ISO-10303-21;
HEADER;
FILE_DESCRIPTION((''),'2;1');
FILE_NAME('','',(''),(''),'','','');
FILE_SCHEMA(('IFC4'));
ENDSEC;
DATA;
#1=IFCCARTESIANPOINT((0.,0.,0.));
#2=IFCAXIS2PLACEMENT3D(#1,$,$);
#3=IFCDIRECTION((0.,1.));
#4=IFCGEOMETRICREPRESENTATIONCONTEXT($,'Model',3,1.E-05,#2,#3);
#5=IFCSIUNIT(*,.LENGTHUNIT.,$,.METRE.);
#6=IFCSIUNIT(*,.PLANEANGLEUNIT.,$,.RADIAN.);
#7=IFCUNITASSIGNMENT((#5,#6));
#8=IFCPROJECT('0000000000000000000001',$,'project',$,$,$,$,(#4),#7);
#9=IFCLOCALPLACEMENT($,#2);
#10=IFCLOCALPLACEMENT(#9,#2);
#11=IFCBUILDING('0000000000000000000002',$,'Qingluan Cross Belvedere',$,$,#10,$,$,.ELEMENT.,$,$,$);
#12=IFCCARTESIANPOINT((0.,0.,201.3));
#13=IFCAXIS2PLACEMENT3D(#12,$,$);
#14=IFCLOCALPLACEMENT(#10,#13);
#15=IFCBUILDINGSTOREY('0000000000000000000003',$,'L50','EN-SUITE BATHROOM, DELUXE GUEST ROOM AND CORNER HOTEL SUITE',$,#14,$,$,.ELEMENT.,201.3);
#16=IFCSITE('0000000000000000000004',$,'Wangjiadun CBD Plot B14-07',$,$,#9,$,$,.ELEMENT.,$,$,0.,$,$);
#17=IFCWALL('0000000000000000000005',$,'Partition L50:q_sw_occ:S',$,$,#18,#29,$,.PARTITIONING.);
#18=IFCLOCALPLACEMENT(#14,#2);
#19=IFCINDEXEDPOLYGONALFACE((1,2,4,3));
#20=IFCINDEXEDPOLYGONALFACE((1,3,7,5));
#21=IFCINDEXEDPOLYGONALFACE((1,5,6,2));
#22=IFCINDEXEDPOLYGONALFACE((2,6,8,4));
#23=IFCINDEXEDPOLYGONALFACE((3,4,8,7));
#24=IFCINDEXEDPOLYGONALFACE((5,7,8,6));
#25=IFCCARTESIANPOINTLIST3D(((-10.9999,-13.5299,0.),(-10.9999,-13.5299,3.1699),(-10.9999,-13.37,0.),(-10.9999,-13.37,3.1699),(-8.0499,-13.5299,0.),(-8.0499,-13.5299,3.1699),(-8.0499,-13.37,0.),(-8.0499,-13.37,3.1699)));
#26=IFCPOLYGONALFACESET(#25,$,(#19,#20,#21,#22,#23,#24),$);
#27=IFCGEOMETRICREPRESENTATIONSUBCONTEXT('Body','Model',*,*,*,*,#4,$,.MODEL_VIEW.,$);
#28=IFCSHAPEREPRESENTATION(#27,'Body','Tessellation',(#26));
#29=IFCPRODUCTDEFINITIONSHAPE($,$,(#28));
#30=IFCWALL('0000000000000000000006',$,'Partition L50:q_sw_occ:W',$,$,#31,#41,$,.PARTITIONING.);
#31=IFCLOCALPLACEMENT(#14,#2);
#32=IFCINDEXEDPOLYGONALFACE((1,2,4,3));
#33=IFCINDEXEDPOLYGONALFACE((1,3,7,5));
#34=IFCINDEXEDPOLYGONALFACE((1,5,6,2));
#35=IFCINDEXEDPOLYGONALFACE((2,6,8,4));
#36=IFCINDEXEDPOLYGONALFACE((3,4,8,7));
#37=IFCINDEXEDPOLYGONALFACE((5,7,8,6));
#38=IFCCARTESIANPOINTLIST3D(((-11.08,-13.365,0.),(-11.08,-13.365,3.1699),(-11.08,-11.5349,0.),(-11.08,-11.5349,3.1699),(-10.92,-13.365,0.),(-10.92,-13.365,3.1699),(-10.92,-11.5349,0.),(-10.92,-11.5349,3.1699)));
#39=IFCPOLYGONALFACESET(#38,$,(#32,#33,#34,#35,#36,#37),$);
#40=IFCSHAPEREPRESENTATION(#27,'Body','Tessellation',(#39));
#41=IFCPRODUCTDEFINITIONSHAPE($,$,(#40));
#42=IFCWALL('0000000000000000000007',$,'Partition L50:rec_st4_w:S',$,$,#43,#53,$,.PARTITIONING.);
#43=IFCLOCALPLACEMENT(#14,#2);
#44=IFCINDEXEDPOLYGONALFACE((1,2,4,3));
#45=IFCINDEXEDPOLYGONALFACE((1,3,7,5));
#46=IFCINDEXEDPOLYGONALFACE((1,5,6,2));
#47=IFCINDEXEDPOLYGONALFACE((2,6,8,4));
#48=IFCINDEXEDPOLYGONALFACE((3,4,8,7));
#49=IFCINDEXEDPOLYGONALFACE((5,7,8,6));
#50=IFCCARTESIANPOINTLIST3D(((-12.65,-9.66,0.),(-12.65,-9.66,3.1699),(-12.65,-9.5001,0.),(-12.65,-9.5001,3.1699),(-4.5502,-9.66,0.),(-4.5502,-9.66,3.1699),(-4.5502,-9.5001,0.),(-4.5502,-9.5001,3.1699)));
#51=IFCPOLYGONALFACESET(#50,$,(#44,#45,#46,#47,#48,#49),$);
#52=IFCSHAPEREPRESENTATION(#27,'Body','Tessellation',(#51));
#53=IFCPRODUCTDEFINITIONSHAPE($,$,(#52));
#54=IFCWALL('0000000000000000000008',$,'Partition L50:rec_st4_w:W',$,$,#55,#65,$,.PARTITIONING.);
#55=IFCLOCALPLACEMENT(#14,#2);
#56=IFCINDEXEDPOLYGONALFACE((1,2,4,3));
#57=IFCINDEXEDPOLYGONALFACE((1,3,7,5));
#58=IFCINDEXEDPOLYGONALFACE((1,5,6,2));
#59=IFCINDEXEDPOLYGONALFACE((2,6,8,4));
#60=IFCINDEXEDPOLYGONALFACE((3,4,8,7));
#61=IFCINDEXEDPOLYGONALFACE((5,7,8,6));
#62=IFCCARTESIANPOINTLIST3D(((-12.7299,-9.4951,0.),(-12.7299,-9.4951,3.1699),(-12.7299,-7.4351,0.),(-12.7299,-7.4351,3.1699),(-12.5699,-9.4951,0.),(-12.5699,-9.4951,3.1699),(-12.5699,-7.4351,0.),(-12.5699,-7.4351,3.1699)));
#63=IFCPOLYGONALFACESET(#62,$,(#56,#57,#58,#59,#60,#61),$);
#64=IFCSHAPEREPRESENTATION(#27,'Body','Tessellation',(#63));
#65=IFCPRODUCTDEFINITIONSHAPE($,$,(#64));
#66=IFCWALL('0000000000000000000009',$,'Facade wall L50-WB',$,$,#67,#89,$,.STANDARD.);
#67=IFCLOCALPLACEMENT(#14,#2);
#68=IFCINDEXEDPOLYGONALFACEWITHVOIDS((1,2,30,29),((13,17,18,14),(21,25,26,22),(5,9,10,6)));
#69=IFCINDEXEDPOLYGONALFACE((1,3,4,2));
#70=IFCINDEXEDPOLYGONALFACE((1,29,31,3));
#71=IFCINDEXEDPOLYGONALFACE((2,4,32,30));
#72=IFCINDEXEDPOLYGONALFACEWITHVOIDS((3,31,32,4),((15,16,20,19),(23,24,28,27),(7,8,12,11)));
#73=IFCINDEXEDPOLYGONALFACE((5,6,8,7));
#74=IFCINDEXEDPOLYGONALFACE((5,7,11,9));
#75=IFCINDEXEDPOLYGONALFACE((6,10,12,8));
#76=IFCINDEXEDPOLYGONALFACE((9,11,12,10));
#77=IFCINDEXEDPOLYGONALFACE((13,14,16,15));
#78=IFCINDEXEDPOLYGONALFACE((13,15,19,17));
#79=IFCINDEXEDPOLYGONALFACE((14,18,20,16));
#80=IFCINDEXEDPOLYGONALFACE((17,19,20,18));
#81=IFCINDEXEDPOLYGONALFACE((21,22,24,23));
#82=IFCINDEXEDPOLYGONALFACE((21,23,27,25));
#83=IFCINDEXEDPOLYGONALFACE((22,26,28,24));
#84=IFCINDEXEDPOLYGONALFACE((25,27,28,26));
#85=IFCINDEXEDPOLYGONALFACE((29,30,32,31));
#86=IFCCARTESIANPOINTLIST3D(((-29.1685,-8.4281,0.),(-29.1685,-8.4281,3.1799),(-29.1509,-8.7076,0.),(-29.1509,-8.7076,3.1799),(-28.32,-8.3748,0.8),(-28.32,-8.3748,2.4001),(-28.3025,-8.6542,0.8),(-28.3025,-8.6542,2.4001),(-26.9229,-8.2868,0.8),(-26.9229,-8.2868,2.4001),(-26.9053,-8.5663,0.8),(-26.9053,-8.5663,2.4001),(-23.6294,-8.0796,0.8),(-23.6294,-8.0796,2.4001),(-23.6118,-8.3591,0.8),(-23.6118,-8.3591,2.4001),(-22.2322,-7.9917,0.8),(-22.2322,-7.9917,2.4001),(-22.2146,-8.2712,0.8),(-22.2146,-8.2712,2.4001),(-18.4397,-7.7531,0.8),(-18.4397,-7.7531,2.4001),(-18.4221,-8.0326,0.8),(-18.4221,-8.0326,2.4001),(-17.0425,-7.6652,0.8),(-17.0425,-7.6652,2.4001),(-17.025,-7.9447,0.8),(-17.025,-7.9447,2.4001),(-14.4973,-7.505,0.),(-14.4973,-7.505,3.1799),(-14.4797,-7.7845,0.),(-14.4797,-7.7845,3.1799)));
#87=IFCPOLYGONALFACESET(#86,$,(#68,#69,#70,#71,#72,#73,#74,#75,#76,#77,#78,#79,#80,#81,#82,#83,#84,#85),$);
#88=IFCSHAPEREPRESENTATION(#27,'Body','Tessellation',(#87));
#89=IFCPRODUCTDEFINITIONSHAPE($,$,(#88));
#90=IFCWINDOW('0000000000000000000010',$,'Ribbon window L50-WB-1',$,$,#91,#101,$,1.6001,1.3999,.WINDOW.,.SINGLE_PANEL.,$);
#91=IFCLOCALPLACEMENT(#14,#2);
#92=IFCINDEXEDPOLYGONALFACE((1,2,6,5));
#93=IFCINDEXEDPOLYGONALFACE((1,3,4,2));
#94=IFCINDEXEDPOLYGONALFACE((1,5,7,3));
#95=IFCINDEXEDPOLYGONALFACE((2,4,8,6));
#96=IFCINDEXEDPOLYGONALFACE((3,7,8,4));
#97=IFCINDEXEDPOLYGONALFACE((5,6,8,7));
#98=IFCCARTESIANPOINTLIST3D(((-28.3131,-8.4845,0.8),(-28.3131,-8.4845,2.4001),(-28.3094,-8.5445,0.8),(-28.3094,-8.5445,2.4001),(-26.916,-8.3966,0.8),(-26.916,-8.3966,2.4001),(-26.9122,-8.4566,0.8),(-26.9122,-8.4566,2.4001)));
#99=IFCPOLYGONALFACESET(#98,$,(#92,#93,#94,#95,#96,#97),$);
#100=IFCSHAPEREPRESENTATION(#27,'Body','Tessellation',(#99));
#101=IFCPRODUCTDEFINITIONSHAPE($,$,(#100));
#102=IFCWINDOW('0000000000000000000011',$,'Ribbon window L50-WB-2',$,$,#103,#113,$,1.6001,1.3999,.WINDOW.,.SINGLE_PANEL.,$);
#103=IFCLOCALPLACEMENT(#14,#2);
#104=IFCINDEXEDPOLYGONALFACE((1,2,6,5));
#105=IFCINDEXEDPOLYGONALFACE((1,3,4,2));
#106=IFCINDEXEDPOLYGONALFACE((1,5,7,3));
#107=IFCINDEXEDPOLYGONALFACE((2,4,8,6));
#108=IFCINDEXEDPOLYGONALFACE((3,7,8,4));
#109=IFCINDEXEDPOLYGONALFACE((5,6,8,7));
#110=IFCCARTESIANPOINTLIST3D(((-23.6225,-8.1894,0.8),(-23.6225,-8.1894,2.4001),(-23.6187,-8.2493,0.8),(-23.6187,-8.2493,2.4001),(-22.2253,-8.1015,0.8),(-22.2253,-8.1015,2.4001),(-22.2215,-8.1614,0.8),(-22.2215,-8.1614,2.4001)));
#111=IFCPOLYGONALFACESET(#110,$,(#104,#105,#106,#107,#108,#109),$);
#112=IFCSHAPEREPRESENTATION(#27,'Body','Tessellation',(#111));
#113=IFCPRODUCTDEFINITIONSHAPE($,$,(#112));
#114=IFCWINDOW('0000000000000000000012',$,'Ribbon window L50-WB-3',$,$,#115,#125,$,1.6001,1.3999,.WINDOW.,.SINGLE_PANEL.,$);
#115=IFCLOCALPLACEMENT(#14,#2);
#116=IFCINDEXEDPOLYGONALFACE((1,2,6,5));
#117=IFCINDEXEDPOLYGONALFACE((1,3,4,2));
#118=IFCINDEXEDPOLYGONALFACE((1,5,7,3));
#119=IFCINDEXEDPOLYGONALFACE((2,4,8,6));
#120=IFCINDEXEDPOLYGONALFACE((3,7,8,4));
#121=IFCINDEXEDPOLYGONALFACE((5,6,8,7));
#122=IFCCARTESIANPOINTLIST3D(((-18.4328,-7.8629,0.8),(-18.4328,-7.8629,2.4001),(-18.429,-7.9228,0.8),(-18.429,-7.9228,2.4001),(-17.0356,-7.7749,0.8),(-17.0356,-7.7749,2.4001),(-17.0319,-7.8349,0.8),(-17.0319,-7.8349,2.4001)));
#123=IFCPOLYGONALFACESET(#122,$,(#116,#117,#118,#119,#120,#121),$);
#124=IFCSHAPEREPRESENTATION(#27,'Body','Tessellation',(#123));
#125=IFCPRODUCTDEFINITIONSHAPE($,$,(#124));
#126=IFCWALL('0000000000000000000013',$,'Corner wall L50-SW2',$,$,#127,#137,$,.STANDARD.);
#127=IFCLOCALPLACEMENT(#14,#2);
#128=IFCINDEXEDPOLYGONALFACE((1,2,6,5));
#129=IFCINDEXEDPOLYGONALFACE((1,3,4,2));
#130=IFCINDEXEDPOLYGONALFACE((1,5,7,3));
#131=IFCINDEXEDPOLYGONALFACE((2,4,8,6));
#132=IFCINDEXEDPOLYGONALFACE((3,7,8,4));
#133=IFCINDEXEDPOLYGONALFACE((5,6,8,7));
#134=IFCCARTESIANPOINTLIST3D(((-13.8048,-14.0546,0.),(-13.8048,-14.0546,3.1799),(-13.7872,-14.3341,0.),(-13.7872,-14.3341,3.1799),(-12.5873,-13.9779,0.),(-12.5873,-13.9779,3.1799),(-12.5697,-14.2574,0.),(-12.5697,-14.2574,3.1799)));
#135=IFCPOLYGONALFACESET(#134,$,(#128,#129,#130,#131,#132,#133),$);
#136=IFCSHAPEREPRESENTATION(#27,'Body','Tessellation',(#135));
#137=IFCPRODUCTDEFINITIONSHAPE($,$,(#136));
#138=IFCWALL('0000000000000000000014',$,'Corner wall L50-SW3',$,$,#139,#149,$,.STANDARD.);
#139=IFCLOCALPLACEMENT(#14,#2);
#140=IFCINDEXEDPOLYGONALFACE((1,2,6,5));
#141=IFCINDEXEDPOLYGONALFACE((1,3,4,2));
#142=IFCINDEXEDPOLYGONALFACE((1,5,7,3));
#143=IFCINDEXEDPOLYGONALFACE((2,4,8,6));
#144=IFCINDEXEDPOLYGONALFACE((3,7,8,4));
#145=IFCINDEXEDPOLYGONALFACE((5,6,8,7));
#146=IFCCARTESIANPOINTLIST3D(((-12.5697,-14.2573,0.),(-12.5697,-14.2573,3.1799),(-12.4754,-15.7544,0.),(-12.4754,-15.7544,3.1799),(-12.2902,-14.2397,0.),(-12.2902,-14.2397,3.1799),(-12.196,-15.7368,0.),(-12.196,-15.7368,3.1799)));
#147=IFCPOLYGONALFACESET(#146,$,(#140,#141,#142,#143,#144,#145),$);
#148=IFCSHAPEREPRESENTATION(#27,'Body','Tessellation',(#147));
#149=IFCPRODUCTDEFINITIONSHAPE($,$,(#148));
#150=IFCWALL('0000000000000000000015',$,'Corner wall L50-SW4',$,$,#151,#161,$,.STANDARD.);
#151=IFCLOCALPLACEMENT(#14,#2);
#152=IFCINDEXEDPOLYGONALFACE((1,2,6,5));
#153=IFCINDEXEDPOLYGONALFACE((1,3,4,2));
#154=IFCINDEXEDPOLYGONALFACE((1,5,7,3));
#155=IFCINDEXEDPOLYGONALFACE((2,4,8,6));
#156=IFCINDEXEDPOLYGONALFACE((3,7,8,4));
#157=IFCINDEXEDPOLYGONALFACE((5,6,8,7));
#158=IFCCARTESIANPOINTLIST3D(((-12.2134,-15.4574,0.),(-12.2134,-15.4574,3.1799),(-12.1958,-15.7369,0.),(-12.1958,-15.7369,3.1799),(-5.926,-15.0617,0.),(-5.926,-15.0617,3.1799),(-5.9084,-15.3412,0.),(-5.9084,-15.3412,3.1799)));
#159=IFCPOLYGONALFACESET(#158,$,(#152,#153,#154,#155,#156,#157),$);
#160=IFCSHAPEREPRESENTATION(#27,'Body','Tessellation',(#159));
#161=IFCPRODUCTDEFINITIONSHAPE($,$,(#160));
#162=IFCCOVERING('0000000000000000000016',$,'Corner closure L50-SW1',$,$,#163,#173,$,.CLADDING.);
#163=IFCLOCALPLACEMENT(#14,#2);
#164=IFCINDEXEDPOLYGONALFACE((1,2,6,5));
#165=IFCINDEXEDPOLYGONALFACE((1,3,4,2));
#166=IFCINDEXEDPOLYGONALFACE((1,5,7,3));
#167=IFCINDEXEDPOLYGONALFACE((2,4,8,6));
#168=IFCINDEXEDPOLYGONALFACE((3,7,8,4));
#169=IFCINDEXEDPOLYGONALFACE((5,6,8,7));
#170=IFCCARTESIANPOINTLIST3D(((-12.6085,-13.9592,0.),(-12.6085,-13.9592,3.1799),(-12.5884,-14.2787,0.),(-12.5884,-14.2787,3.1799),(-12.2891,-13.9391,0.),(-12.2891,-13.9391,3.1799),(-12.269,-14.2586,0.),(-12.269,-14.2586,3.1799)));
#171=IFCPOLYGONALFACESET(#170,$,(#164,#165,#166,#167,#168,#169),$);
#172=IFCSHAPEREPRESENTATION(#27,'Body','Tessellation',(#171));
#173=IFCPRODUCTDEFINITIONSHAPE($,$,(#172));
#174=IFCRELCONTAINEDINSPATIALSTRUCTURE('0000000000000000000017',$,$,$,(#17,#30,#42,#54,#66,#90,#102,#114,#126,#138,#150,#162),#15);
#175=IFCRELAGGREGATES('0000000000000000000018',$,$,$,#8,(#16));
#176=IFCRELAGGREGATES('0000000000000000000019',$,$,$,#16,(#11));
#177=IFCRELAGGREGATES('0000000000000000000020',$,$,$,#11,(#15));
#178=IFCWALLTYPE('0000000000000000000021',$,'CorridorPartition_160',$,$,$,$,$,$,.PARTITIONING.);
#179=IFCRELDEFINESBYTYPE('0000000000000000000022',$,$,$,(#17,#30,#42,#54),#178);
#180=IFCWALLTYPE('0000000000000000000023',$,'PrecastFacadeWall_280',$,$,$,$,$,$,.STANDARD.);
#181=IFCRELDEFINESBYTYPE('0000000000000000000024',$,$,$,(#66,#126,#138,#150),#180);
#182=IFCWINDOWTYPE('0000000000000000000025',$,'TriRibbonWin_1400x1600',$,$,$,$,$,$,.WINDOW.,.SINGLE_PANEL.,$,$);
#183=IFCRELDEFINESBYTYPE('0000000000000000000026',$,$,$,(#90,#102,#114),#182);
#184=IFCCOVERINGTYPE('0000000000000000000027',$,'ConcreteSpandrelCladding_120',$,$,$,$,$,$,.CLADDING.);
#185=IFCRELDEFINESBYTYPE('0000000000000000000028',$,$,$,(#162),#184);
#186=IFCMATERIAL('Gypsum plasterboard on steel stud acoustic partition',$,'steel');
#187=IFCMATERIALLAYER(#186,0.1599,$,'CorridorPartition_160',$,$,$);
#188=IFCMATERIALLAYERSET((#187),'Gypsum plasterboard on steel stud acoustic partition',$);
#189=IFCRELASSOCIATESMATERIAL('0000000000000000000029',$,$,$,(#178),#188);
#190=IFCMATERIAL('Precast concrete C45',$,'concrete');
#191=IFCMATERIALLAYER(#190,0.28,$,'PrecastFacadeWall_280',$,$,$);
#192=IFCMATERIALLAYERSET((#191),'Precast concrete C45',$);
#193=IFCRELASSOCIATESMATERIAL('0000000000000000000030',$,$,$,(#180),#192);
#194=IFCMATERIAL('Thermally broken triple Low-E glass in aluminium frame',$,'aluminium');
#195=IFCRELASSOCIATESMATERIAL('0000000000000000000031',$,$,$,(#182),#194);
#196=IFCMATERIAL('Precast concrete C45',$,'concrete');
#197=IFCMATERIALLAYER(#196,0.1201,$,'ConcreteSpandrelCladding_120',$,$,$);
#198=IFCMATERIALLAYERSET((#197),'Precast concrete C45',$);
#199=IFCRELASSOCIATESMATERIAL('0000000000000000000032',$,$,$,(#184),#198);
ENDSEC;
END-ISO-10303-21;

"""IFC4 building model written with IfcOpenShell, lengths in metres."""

from ifc_helpers import new_model, si_unit, direction, frame, frame_2d, origin, origin_2d, place, context, subcontext, project, spatial, rectangle, extrude, material, layer, layer_set, type_object, element, fill, save


model = new_model("IFC4")

# Units and contexts
model_context = context("Model", 3, precision=1e-05, world=origin(), true_north=direction((0.0, 1.0)))
body_context = subcontext(model_context, "Body", "Model", "MODEL_VIEW")
ifc_project = project(units=[si_unit("LENGTHUNIT", "METRE"), si_unit("PLANEANGLEUNIT", "RADIAN")], contexts=[model_context])

# Site, building, storey
site_placement = place(None, origin())
site = spatial("IfcSite", under=ifc_project, at=site_placement, Name="Wangjiadun CBD Plot B14-07", CompositionType="ELEMENT", RefElevation=0.0)
building_placement = place(site_placement, origin())
building = spatial("IfcBuilding", under=site, at=building_placement, Name="Qingluan Cross Belvedere", CompositionType="ELEMENT")
storey_placement = place(building_placement, frame((0.0, 0.0, 201.3)))
storey = spatial("IfcBuildingStorey", under=building, at=storey_placement, Name="L50", Description="EN-SUITE BATHROOM, DELUXE GUEST ROOM AND CORNER HOTEL SUITE", CompositionType="ELEMENT", Elevation=201.3)

# Walls
ifc_material_1 = material(Name="Gypsum plasterboard on steel stud acoustic partition", Category="steel")
ifc_layer_1 = layer(ifc_material_1, 0.1599, Name="CorridorPartition_160")
ifc_layer_set_1 = layer_set([ifc_layer_1], Name="Gypsum plasterboard on steel stud acoustic partition")
wall_type_1 = type_object("IfcWallType", Name="CorridorPartition_160", PredefinedType="PARTITIONING", material=ifc_layer_set_1)
wall_1_placement = place(storey_placement, frame((-11.0, -13.45, 0.0), z_axis=(0.0, 0.0, 1.0), x_axis=(1.0, 0.0, 0.0)))
element("IfcWall", 1, at=wall_1_placement, inside=storey, type_object=wall_type_1, Name="Partition L50:q_sw_occ:S", PredefinedType="PARTITIONING", context=body_context, shape_type="SweptSolid", body=[
    extrude(rectangle(XDim=2.95, YDim=0.1599, at=frame_2d((1.4751, 0.0))), origin(), (0.0, 0.0, 1.0), 3.1699),
])
wall_2_placement = place(storey_placement, frame((-11.0, -13.365, 0.0), z_axis=(0.0, 0.0, 1.0), x_axis=(0.0, 1.0, 0.0)))
element("IfcWall", 2, at=wall_2_placement, inside=storey, type_object=wall_type_1, Name="Partition L50:q_sw_occ:W", PredefinedType="PARTITIONING", context=body_context, shape_type="SweptSolid", body=[
    extrude(rectangle(XDim=1.8301, YDim=0.1599, at=frame_2d((0.915, 0.0))), origin(), (0.0, 0.0, 1.0), 3.1699),
])
wall_3_placement = place(storey_placement, frame((-12.6499, -9.5801, 0.0), z_axis=(0.0, 0.0, 1.0), x_axis=(1.0, 0.0, 0.0)))
element("IfcWall", 3, at=wall_3_placement, inside=storey, type_object=wall_type_1, Name="Partition L50:rec_st4_w:S", PredefinedType="PARTITIONING", context=body_context, shape_type="SweptSolid", body=[
    extrude(rectangle(XDim=8.0999, YDim=0.1599, at=frame_2d((4.0498, 0.0))), origin(), (0.0, 0.0, 1.0), 3.1699),
])
wall_4_placement = place(storey_placement, frame((-12.6499, -9.4951, 0.0), z_axis=(0.0, 0.0, 1.0), x_axis=(0.0, 1.0, 0.0)))
element("IfcWall", 4, at=wall_4_placement, inside=storey, type_object=wall_type_1, Name="Partition L50:rec_st4_w:W", PredefinedType="PARTITIONING", context=body_context, shape_type="SweptSolid", body=[
    extrude(rectangle(XDim=2.0601, YDim=0.1599, at=frame_2d((1.03, 0.0))), origin(), (0.0, 0.0, 1.0), 3.1699),
])

# Wall, openings, windows
ifc_material_2 = material(Name="Precast concrete C45", Category="concrete")
ifc_layer_2 = layer(ifc_material_2, 0.28, Name="PrecastFacadeWall_280")
ifc_layer_set_2 = layer_set([ifc_layer_2], Name="Precast concrete C45")
wall_type_2 = type_object("IfcWallType", Name="PrecastFacadeWall_280", PredefinedType="STANDARD", material=ifc_layer_set_2)
wall_5_placement = place(storey_placement, frame((-29.1597, -8.5679, 0.0), z_axis=(0.0, 0.0, 1.0), x_axis=(0.998026, 0.062795, 0.0)))
wall_5 = element("IfcWall", 5, at=wall_5_placement, inside=storey, type_object=wall_type_2, Name="Facade wall L50-WB", PredefinedType="STANDARD", context=body_context, shape_type="SweptSolid", body=[
    extrude(rectangle(XDim=14.7002, YDim=0.28, at=frame_2d((7.3501, 0.0))), origin(), (0.0, 0.0, 1.0), 3.1799),
])
opening_1_placement = place(wall_5_placement, frame((0.8501, 0.0, 0.8)))
opening_1 = element("IfcOpeningElement", 6, at=opening_1_placement, cuts=wall_5, PredefinedType="OPENING", context=body_context, shape_type="SweptSolid", body=[
    extrude(rectangle(XDim=1.3999, YDim=1.6001, at=frame_2d((0.7, 0.8))), frame((0.0, 0.1499, 0.0), z_axis=(0.0, -1.0, 0.0), x_axis=(1.0, 0.0, 0.0)), (0.0, 0.0, 1.0), 0.3),
])
opening_2_placement = place(wall_5_placement, frame((5.55, 0.0, 0.8)))
opening_2 = element("IfcOpeningElement", 7, at=opening_2_placement, cuts=wall_5, PredefinedType="OPENING", context=body_context, shape_type="SweptSolid", body=[
    extrude(rectangle(XDim=1.3999, YDim=1.6001, at=frame_2d((0.7, 0.8))), frame((0.0, 0.1499, 0.0), z_axis=(0.0, -1.0, 0.0), x_axis=(1.0, 0.0, 0.0)), (0.0, 0.0, 1.0), 0.3),
])
opening_3_placement = place(wall_5_placement, frame((10.75, 0.0, 0.8)))
opening_3 = element("IfcOpeningElement", 8, at=opening_3_placement, cuts=wall_5, PredefinedType="OPENING", context=body_context, shape_type="SweptSolid", body=[
    extrude(rectangle(XDim=1.3999, YDim=1.6001, at=frame_2d((0.7, 0.8))), frame((0.0, 0.1499, 0.0), z_axis=(0.0, -1.0, 0.0), x_axis=(1.0, 0.0, 0.0)), (0.0, 0.0, 1.0), 0.3),
])
ifc_material_3 = material(Name="Thermally broken triple Low-E glass in aluminium frame", Category="aluminium")
window_type = type_object("IfcWindowType", Name="TriRibbonWin_1400x1600", PartitioningType="SINGLE_PANEL", PredefinedType="WINDOW", material=ifc_material_3)
window_1_placement = place(opening_1_placement, origin())
window_1 = element("IfcWindow", 9, at=window_1_placement, inside=storey, type_object=window_type, Name="Ribbon window L50-WB-1", OverallHeight=1.6001, OverallWidth=1.3999, PartitioningType="SINGLE_PANEL", PredefinedType="WINDOW", context=body_context, shape_type="SweptSolid", body=[
    extrude(rectangle(XDim=1.3999, YDim=1.6001, at=frame_2d((0.7, 0.8))), frame((0.0, 0.03, 0.0), z_axis=(0.0, -1.0, 0.0), x_axis=(1.0, 0.0, 0.0)), (0.0, 0.0, 1.0), 0.0601),
])
fill(opening_1, window_1)
window_2_placement = place(opening_2_placement, origin())
window_2 = element("IfcWindow", 10, at=window_2_placement, inside=storey, type_object=window_type, Name="Ribbon window L50-WB-2", OverallHeight=1.6001, OverallWidth=1.3999, PartitioningType="SINGLE_PANEL", PredefinedType="WINDOW", context=body_context, shape_type="SweptSolid", body=[
    extrude(rectangle(XDim=1.3999, YDim=1.6001, at=frame_2d((0.7, 0.8))), frame((0.0, 0.03, 0.0), z_axis=(0.0, -1.0, 0.0), x_axis=(1.0, 0.0, 0.0)), (0.0, 0.0, 1.0), 0.0601),
])
fill(opening_2, window_2)
window_3_placement = place(opening_3_placement, origin())
window_3 = element("IfcWindow", 11, at=window_3_placement, inside=storey, type_object=window_type, Name="Ribbon window L50-WB-3", OverallHeight=1.6001, OverallWidth=1.3999, PartitioningType="SINGLE_PANEL", PredefinedType="WINDOW", context=body_context, shape_type="SweptSolid", body=[
    extrude(rectangle(XDim=1.3999, YDim=1.6001, at=frame_2d((0.7, 0.8))), frame((0.0, 0.03, 0.0), z_axis=(0.0, -1.0, 0.0), x_axis=(1.0, 0.0, 0.0)), (0.0, 0.0, 1.0), 0.0601),
])
fill(opening_3, window_3)

# Walls
wall_6_placement = place(storey_placement, frame((-13.7959, -14.1943, 0.0), z_axis=(0.0, 0.0, 1.0), x_axis=(0.998024, 0.062839, 0.0)))
element("IfcWall", 12, at=wall_6_placement, inside=storey, type_object=wall_type_2, Name="Corner wall L50-SW2", PredefinedType="STANDARD", context=body_context, shape_type="SweptSolid", body=[
    extrude(rectangle(XDim=1.22, YDim=0.28, at=frame_2d((0.6099, 0.0))), origin(), (0.0, 0.0, 1.0), 3.1799),
])
wall_7_placement = place(storey_placement, frame((-12.4299, -14.2485, 0.0), z_axis=(0.0, 0.0, 1.0), x_axis=(0.062824, -0.998025, 0.0)))
element("IfcWall", 13, at=wall_7_placement, inside=storey, type_object=wall_type_2, Name="Corner wall L50-SW3", PredefinedType="STANDARD", context=body_context, shape_type="SweptSolid", body=[
    extrude(rectangle(XDim=1.5, YDim=0.28, at=frame_2d((0.75, 0.0))), origin(), (0.0, 0.0, 1.0), 3.1799),
])
wall_8_placement = place(storey_placement, frame((-12.2046, -15.5972, 0.0), z_axis=(0.0, 0.0, 1.0), x_axis=(0.998025, 0.06282, 0.0)))
element("IfcWall", 14, at=wall_8_placement, inside=storey, type_object=wall_type_2, Name="Corner wall L50-SW4", PredefinedType="STANDARD", context=body_context, shape_type="SweptSolid", body=[
    extrude(rectangle(XDim=6.2998, YDim=0.28, at=frame_2d((3.1499, 0.0))), origin(), (0.0, 0.0, 1.0), 3.1799),
])

# Covering
ifc_material_4 = material(Name="Precast concrete C45", Category="concrete")
ifc_layer_3 = layer(ifc_material_4, 0.1201, Name="ConcreteSpandrelCladding_120")
ifc_layer_set_3 = layer_set([ifc_layer_3], Name="Precast concrete C45")
covering_type = type_object("IfcCoveringType", Name="ConcreteSpandrelCladding_120", PredefinedType="CLADDING", material=ifc_layer_set_3)
covering_placement = place(storey_placement, frame((-12.4387, -14.1089, 0.0), z_axis=(0.0, 0.0, 1.0), x_axis=(0.998027, 0.062791, 0.0)))
element("IfcCovering", 15, at=covering_placement, inside=storey, type_object=covering_type, Name="Corner closure L50-SW1", PredefinedType="CLADDING", context=body_context, shape_type="SweptSolid", body=[
    extrude(rectangle(XDim=0.3201, YDim=0.3201, at=origin_2d()), origin(), (0.0, 0.0, 1.0), 3.1799),
])

save(model, "model.ifc")
